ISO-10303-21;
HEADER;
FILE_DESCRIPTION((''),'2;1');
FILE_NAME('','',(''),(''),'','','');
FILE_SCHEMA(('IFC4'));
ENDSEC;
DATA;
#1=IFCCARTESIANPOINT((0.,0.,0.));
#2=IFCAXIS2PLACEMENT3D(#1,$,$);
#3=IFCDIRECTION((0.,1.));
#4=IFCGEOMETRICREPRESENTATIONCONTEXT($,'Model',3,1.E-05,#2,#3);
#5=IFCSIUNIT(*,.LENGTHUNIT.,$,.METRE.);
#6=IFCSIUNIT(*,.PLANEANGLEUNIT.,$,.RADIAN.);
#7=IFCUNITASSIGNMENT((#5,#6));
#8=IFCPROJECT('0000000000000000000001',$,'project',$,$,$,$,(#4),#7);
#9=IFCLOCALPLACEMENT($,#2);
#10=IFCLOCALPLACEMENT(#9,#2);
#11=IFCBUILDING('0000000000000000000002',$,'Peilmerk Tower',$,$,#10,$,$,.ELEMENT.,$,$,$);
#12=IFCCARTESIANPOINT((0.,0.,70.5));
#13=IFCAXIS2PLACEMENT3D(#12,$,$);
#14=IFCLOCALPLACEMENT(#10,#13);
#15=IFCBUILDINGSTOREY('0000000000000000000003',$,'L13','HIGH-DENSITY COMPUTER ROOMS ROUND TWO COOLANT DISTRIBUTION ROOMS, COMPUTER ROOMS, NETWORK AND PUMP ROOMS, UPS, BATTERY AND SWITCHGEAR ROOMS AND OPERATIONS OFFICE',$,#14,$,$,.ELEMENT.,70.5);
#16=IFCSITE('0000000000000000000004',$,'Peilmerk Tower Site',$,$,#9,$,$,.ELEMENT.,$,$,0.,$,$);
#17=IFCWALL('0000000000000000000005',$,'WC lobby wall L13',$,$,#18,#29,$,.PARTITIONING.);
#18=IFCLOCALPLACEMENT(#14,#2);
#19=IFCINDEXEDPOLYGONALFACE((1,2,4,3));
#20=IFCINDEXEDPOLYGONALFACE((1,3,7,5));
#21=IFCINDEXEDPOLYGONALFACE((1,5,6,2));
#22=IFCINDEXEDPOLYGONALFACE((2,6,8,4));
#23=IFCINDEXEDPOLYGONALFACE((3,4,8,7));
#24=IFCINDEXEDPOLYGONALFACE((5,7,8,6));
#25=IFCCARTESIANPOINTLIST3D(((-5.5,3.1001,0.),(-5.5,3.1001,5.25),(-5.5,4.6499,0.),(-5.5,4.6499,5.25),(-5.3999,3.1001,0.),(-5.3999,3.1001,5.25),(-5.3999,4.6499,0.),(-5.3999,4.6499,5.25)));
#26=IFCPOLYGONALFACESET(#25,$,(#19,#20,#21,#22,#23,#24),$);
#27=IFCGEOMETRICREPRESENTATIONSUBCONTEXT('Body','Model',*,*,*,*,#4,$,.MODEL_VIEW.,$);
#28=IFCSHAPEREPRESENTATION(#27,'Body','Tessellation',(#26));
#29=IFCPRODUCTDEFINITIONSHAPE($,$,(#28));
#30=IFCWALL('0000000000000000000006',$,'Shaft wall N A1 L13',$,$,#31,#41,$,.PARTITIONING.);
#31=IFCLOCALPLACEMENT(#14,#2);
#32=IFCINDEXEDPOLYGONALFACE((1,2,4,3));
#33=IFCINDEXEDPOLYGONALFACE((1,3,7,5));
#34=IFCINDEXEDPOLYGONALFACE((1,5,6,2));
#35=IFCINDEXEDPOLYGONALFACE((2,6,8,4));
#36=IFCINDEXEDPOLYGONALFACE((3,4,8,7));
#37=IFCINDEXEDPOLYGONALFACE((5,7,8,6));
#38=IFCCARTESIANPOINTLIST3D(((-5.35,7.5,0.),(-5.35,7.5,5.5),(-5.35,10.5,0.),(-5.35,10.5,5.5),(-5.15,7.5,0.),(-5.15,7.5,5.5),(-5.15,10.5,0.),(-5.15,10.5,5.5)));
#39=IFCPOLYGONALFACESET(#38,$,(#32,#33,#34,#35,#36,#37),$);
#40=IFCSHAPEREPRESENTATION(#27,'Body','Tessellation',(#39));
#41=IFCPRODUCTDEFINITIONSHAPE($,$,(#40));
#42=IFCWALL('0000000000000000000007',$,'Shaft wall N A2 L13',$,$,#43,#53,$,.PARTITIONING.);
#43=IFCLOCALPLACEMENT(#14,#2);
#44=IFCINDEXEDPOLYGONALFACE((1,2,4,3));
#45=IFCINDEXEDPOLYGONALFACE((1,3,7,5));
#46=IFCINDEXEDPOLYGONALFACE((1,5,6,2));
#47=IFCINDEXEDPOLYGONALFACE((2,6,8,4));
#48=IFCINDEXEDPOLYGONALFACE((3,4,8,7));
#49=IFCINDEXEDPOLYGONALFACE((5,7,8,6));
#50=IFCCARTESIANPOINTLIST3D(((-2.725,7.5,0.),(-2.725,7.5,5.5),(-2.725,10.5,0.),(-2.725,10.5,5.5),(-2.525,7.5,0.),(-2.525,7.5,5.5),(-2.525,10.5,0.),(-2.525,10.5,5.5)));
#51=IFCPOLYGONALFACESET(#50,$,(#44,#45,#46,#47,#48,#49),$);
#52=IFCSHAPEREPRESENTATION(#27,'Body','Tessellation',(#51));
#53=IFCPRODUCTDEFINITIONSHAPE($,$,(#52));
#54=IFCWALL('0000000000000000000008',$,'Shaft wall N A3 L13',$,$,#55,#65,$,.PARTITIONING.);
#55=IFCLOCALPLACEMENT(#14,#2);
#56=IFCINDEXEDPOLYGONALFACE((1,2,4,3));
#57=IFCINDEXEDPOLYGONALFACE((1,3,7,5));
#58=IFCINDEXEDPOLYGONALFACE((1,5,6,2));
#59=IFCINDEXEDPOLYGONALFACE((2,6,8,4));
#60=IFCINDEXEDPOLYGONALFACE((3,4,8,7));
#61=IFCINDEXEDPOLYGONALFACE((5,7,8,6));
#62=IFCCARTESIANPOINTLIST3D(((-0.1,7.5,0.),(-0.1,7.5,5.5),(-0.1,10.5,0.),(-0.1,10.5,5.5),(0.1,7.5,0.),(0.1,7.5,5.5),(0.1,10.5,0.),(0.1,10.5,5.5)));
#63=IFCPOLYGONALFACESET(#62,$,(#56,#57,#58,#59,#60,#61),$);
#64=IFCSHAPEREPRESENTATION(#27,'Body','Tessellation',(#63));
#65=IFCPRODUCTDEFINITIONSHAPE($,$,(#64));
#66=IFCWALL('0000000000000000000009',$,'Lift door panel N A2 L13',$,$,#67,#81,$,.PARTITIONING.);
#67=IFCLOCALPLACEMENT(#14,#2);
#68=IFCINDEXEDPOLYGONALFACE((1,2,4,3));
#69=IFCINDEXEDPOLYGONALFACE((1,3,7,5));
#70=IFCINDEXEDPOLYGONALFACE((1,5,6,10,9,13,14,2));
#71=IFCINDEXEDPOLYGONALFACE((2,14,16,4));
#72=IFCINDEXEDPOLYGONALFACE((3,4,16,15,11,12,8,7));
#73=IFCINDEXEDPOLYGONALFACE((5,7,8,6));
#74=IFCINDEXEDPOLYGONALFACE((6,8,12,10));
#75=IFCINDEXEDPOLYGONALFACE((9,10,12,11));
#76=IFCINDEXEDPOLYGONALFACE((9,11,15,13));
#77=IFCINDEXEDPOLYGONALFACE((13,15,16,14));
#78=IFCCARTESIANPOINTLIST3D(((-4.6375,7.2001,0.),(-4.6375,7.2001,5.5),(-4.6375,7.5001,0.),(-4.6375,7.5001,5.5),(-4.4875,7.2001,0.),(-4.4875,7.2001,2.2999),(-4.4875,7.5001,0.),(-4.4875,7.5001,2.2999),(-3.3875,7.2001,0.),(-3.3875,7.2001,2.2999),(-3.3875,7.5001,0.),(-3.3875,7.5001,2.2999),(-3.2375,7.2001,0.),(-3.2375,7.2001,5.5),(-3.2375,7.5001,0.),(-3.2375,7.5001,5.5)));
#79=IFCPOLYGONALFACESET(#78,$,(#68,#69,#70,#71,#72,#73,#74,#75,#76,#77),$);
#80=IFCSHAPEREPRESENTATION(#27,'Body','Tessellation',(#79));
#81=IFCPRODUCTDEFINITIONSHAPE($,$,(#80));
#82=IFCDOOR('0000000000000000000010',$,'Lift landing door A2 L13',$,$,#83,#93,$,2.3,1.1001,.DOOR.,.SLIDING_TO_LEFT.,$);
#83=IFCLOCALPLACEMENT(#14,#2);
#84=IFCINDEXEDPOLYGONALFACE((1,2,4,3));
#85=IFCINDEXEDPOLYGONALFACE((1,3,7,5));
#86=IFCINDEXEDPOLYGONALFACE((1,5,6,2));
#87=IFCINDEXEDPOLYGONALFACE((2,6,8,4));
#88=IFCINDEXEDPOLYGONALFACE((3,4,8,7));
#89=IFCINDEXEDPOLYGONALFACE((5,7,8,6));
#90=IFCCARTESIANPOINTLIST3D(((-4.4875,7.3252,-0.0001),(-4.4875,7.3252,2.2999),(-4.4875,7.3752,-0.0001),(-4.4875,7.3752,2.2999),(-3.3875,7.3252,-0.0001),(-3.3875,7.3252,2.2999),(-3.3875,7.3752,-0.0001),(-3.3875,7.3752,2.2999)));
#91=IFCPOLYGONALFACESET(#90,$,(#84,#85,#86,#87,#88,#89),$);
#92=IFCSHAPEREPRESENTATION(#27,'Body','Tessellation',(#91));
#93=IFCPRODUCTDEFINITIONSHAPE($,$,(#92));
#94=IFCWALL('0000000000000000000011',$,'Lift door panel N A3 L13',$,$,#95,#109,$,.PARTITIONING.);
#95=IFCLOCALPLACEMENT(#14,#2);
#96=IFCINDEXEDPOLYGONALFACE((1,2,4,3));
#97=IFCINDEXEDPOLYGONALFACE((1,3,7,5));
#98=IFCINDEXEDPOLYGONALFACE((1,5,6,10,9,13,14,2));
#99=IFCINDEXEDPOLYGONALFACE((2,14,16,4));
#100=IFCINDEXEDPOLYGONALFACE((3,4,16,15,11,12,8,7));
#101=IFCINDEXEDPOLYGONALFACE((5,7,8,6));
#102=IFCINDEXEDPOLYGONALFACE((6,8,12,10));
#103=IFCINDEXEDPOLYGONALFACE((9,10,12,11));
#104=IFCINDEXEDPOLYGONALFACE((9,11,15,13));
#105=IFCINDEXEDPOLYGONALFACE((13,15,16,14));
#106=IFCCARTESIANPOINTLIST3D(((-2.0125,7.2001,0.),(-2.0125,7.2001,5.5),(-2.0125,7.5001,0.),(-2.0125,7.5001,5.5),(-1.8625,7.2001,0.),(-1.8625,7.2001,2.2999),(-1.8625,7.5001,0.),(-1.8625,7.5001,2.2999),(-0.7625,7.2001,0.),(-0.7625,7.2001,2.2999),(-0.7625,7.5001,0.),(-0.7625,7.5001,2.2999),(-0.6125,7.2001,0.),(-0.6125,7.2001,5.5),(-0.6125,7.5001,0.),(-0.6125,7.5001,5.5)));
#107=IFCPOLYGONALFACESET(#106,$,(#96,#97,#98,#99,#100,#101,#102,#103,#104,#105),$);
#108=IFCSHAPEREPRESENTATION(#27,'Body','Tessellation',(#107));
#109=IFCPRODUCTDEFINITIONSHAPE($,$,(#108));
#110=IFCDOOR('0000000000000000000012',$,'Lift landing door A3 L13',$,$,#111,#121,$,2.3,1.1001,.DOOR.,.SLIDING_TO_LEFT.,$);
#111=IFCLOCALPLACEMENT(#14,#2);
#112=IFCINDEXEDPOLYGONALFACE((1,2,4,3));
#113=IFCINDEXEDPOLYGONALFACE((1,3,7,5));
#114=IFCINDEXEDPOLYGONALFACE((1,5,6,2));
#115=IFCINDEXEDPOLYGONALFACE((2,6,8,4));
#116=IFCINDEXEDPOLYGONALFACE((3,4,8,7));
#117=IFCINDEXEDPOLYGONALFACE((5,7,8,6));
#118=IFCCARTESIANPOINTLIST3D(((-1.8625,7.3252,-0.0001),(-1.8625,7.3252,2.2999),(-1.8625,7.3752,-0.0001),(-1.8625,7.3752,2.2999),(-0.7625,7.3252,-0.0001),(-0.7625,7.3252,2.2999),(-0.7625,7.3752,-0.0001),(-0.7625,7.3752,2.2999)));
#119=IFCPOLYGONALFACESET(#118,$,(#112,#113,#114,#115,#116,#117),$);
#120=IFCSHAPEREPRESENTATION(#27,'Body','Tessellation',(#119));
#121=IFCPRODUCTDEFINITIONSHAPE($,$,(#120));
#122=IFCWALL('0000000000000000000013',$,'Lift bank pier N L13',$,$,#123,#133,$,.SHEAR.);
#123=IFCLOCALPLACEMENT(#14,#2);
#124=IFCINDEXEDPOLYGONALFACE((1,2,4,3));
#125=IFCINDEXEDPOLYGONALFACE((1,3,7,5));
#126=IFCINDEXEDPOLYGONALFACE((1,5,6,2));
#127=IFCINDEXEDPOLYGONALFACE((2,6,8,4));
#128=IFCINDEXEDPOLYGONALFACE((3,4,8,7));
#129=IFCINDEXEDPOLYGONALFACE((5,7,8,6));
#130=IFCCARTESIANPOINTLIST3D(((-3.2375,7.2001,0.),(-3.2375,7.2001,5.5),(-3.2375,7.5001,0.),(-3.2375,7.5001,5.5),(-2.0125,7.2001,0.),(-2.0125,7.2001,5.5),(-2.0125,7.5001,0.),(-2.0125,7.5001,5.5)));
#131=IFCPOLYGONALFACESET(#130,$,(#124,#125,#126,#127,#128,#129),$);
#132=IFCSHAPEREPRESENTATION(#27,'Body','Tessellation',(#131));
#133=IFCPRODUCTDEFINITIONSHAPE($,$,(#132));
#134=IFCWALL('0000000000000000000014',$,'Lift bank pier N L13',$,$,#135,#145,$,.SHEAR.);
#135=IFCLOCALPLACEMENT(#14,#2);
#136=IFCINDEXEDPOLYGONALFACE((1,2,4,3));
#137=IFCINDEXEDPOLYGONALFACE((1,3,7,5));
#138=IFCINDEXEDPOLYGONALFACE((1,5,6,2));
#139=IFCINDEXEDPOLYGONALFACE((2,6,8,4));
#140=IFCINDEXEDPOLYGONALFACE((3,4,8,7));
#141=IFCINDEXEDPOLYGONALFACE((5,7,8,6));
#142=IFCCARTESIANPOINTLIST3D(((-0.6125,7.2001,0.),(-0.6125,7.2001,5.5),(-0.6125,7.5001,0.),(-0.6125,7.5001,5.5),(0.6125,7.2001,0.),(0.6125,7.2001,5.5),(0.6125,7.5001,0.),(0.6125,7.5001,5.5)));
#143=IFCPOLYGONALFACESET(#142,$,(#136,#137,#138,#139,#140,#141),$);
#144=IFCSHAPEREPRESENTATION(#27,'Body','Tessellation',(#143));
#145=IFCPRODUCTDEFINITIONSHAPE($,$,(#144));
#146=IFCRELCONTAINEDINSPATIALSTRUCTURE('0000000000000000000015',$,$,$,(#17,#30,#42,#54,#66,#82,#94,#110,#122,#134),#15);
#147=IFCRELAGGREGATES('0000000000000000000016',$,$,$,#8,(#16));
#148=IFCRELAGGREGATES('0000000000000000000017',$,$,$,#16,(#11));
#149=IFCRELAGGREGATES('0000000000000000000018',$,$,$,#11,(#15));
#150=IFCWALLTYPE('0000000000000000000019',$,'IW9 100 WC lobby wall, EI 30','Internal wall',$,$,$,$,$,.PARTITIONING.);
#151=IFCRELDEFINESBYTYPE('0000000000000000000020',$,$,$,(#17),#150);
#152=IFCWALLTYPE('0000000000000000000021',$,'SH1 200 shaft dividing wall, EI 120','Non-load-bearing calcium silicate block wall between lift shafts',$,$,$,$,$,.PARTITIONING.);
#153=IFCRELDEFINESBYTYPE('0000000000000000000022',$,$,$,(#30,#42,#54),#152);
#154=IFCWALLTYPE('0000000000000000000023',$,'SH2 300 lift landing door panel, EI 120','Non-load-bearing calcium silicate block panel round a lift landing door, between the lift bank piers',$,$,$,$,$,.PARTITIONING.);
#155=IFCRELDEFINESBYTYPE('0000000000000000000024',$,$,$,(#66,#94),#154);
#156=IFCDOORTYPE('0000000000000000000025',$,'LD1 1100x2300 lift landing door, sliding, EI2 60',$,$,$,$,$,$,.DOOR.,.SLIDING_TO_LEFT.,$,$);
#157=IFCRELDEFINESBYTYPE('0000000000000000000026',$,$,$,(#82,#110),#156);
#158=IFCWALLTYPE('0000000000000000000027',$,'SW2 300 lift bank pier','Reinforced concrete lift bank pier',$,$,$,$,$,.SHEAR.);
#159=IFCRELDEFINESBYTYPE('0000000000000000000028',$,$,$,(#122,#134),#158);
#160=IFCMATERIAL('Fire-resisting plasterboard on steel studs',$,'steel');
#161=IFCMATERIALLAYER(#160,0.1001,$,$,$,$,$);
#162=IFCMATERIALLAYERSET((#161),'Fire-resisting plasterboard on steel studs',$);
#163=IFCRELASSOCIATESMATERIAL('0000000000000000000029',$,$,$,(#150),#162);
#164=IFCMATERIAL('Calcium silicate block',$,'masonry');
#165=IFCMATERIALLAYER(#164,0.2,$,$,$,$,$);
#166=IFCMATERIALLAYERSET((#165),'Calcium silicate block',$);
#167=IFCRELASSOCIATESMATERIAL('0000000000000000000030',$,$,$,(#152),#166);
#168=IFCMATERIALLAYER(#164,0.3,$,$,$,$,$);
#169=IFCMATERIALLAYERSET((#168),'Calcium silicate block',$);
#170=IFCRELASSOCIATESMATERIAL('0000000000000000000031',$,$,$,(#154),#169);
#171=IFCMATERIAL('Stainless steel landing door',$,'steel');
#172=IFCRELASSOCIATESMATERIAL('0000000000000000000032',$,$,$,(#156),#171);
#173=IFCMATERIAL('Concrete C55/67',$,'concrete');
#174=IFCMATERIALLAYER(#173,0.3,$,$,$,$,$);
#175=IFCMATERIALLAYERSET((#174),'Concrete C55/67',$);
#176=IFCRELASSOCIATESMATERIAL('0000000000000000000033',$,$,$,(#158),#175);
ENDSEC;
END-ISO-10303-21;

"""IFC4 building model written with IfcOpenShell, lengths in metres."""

from ifc_helpers import new_model, si_unit, direction, frame, frame_2d, origin, place, context, subcontext, project, spatial, rectangle, extrude, material, layer, layer_set, type_object, element, fill, save


model = new_model("IFC4")

# Units and contexts
model_context = context("Model", 3, precision=1e-05, world=origin(), true_north=direction((0.0, 1.0)))
body_context = subcontext(model_context, "Body", "Model", "MODEL_VIEW")
ifc_project = project(units=[si_unit("LENGTHUNIT", "METRE"), si_unit("PLANEANGLEUNIT", "RADIAN")], contexts=[model_context])

# Site, building, storey
site_placement = place(None, origin())
site = spatial("IfcSite", under=ifc_project, at=site_placement, Name="Peilmerk Tower Site", CompositionType="ELEMENT", RefElevation=0.0)
building_placement = place(site_placement, origin())
building = spatial("IfcBuilding", under=site, at=building_placement, Name="Peilmerk Tower", CompositionType="ELEMENT")
storey_placement = place(building_placement, frame((0.0, 0.0, 70.5)))
storey = spatial("IfcBuildingStorey", under=building, at=storey_placement, Name="L13", Description="HIGH-DENSITY COMPUTER ROOMS ROUND TWO COOLANT DISTRIBUTION ROOMS, COMPUTER ROOMS, NETWORK AND PUMP ROOMS, UPS, BATTERY AND SWITCHGEAR ROOMS AND OPERATIONS OFFICE", CompositionType="ELEMENT", Elevation=70.5)

# Shared definitions
ifc_material_1 = material(Name="Concrete C55/67", Category="concrete")

# Shared definitions
ifc_material_2 = material(Name="Fire-resisting plasterboard on steel studs", Category="steel")
ifc_layer_1 = layer(ifc_material_2, 0.1001)
ifc_layer_set_1 = layer_set([ifc_layer_1], Name="Fire-resisting plasterboard on steel studs")
wall_type_1 = type_object("IfcWallType", Name="IW9 100 WC lobby wall, EI 30", Description="Internal wall", PredefinedType="PARTITIONING", material=ifc_layer_set_1)

# Walls
wall_1_placement = place(storey_placement, frame((-5.45, 3.1001, 0.0), z_axis=(0.0, 0.0, 1.0), x_axis=(0.0, 1.0, 0.0)))
element("IfcWall", 1, at=wall_1_placement, inside=storey, type_object=wall_type_1, Name="WC lobby wall L13", PredefinedType="PARTITIONING", context=body_context, shape_type="SweptSolid", body=[
    extrude(rectangle(XDim=1.5498, YDim=0.1001, at=frame_2d((0.7749, 0.0))), origin(), (0.0, 0.0, 1.0), 5.25),
])
ifc_material_3 = material(Name="Calcium silicate block", Category="masonry")
ifc_layer_2 = layer(ifc_material_3, 0.2)
ifc_layer_set_2 = layer_set([ifc_layer_2], Name="Calcium silicate block")
wall_type_2 = type_object("IfcWallType", Name="SH1 200 shaft dividing wall, EI 120", Description="Non-load-bearing calcium silicate block wall between lift shafts", PredefinedType="PARTITIONING", material=ifc_layer_set_2)
for number, where, z_axis, x_axis, name in (
    (2, (-5.25, 7.5, 0.0), (0.0, 0.0, 1.0), (0.0, 1.0, 0.0), "Shaft wall N A1 L13"),
    (3, (-2.625, 7.5, 0.0), (0.0, 0.0, 1.0), (0.0, 1.0, 0.0), "Shaft wall N A2 L13"),
    (4, (0.0, 7.5, 0.0), (0.0, 0.0, 1.0), (0.0, 1.0, 0.0), "Shaft wall N A3 L13"),
):
    element("IfcWall", number, at=place(storey_placement, frame(where, z_axis=z_axis, x_axis=x_axis)), inside=storey, type_object=wall_type_2, Name=name, PredefinedType="PARTITIONING", context=body_context, shape_type="SweptSolid", body=[
        extrude(rectangle(XDim=3.0, YDim=0.2, at=frame_2d((1.5, 0.0))), origin(), (0.0, 0.0, 1.0), 5.5),
    ])

# Walls, openings, doors
ifc_layer_3 = layer(ifc_material_3, 0.3)
ifc_layer_set_3 = layer_set([ifc_layer_3], Name="Calcium silicate block")
wall_type_3 = type_object("IfcWallType", Name="SH2 300 lift landing door panel, EI 120", Description="Non-load-bearing calcium silicate block panel round a lift landing door, between the lift bank piers", PredefinedType="PARTITIONING", material=ifc_layer_set_3)
wall_2_placement = place(storey_placement, frame((-4.6375, 7.3501, 0.0), z_axis=(0.0, 0.0, 1.0), x_axis=(1.0, 0.0, 0.0)))
wall_2 = element("IfcWall", 5, at=wall_2_placement, inside=storey, type_object=wall_type_3, Name="Lift door panel N A2 L13", PredefinedType="PARTITIONING", context=body_context, shape_type="SweptSolid", body=[
    extrude(rectangle(XDim=1.3999, YDim=0.3, at=frame_2d((0.7, 0.0))), origin(), (0.0, 0.0, 1.0), 5.5),
])
opening_1_placement = place(wall_2_placement, frame((0.1499, 0.0, 0.0)))
opening_1 = element("IfcOpeningElement", 6, at=opening_1_placement, cuts=wall_2, PredefinedType="OPENING", context=body_context, shape_type="SweptSolid", body=[
    extrude(rectangle(XDim=1.1001, YDim=2.3, at=frame_2d((0.55, 1.1499))), frame((0.0, 0.1599, 0.0), z_axis=(0.0, -1.0, 0.0), x_axis=(1.0, 0.0, 0.0)), (0.0, 0.0, 1.0), 0.3201),
])
ifc_material_4 = material(Name="Stainless steel landing door", Category="steel")
door_type_1 = type_object("IfcDoorType", Name="LD1 1100x2300 lift landing door, sliding, EI2 60", OperationType="SLIDING_TO_LEFT", PredefinedType="DOOR", material=ifc_material_4)
door_1_placement = place(opening_1_placement, frame((1.1001, 0.0, 0.0), z_axis=(0.0, 0.0, 1.0), x_axis=(-1.0, 0.0, 0.0)))
door_1 = element("IfcDoor", 7, at=door_1_placement, inside=storey, type_object=door_type_1, Name="Lift landing door A2 L13", OperationType="SLIDING_TO_LEFT", OverallHeight=2.3, OverallWidth=1.1001, PredefinedType="DOOR", context=body_context, shape_type="SweptSolid", body=[
    extrude(rectangle(XDim=1.1001, YDim=2.3, at=frame_2d((0.55, 1.1499))), frame((0.0, 0.0249, 0.0), z_axis=(0.0, -1.0, 0.0), x_axis=(1.0, 0.0, 0.0)), (0.0, 0.0, 1.0), 0.05),
])
fill(opening_1, door_1)
wall_3_placement = place(storey_placement, frame((-2.0125, 7.3501, 0.0), z_axis=(0.0, 0.0, 1.0), x_axis=(1.0, 0.0, 0.0)))
wall_3 = element("IfcWall", 8, at=wall_3_placement, inside=storey, type_object=wall_type_3, Name="Lift door panel N A3 L13", PredefinedType="PARTITIONING", context=body_context, shape_type="SweptSolid", body=[
    extrude(rectangle(XDim=1.3999, YDim=0.3, at=frame_2d((0.7, 0.0))), origin(), (0.0, 0.0, 1.0), 5.5),
])
opening_2_placement = place(wall_3_placement, frame((0.1499, 0.0, 0.0)))
opening_2 = element("IfcOpeningElement", 9, at=opening_2_placement, cuts=wall_3, PredefinedType="OPENING", context=body_context, shape_type="SweptSolid", body=[
    extrude(rectangle(XDim=1.1001, YDim=2.3, at=frame_2d((0.55, 1.1499))), frame((0.0, 0.1599, 0.0), z_axis=(0.0, -1.0, 0.0), x_axis=(1.0, 0.0, 0.0)), (0.0, 0.0, 1.0), 0.3201),
])
door_2_placement = place(opening_2_placement, frame((1.1001, 0.0, 0.0), z_axis=(0.0, 0.0, 1.0), x_axis=(-1.0, 0.0, 0.0)))
door_2 = element("IfcDoor", 10, at=door_2_placement, inside=storey, type_object=door_type_1, Name="Lift landing door A3 L13", OperationType="SLIDING_TO_LEFT", OverallHeight=2.3, OverallWidth=1.1001, PredefinedType="DOOR", context=body_context, shape_type="SweptSolid", body=[
    extrude(rectangle(XDim=1.1001, YDim=2.3, at=frame_2d((0.55, 1.1499))), frame((0.0, 0.0249, 0.0), z_axis=(0.0, -1.0, 0.0), x_axis=(1.0, 0.0, 0.0)), (0.0, 0.0, 1.0), 0.05),
])
fill(opening_2, door_2)

# Walls
ifc_layer_4 = layer(ifc_material_1, 0.3)
ifc_layer_set_4 = layer_set([ifc_layer_4], Name="Concrete C55/67")
wall_type_4 = type_object("IfcWallType", Name="SW2 300 lift bank pier", Description="Reinforced concrete lift bank pier", PredefinedType="SHEAR", material=ifc_layer_set_4)
for number, where, z_axis, x_axis, name in (
    (11, (-3.2375, 7.3501, 0.0), (0.0, 0.0, 1.0), (1.0, 0.0, 0.0), "Lift bank pier N L13"),
    (12, (-0.6125, 7.3501, 0.0), (0.0, 0.0, 1.0), (1.0, 0.0, 0.0), "Lift bank pier N L13"),
):
    element("IfcWall", number, at=place(storey_placement, frame(where, z_axis=z_axis, x_axis=x_axis)), inside=storey, type_object=wall_type_4, Name=name, PredefinedType="SHEAR", context=body_context, shape_type="SweptSolid", body=[
        extrude(rectangle(XDim=1.2251, YDim=0.3, at=frame_2d((0.6125, 0.0))), origin(), (0.0, 0.0, 1.0), 5.5),
    ])

save(model, "model.ifc")
